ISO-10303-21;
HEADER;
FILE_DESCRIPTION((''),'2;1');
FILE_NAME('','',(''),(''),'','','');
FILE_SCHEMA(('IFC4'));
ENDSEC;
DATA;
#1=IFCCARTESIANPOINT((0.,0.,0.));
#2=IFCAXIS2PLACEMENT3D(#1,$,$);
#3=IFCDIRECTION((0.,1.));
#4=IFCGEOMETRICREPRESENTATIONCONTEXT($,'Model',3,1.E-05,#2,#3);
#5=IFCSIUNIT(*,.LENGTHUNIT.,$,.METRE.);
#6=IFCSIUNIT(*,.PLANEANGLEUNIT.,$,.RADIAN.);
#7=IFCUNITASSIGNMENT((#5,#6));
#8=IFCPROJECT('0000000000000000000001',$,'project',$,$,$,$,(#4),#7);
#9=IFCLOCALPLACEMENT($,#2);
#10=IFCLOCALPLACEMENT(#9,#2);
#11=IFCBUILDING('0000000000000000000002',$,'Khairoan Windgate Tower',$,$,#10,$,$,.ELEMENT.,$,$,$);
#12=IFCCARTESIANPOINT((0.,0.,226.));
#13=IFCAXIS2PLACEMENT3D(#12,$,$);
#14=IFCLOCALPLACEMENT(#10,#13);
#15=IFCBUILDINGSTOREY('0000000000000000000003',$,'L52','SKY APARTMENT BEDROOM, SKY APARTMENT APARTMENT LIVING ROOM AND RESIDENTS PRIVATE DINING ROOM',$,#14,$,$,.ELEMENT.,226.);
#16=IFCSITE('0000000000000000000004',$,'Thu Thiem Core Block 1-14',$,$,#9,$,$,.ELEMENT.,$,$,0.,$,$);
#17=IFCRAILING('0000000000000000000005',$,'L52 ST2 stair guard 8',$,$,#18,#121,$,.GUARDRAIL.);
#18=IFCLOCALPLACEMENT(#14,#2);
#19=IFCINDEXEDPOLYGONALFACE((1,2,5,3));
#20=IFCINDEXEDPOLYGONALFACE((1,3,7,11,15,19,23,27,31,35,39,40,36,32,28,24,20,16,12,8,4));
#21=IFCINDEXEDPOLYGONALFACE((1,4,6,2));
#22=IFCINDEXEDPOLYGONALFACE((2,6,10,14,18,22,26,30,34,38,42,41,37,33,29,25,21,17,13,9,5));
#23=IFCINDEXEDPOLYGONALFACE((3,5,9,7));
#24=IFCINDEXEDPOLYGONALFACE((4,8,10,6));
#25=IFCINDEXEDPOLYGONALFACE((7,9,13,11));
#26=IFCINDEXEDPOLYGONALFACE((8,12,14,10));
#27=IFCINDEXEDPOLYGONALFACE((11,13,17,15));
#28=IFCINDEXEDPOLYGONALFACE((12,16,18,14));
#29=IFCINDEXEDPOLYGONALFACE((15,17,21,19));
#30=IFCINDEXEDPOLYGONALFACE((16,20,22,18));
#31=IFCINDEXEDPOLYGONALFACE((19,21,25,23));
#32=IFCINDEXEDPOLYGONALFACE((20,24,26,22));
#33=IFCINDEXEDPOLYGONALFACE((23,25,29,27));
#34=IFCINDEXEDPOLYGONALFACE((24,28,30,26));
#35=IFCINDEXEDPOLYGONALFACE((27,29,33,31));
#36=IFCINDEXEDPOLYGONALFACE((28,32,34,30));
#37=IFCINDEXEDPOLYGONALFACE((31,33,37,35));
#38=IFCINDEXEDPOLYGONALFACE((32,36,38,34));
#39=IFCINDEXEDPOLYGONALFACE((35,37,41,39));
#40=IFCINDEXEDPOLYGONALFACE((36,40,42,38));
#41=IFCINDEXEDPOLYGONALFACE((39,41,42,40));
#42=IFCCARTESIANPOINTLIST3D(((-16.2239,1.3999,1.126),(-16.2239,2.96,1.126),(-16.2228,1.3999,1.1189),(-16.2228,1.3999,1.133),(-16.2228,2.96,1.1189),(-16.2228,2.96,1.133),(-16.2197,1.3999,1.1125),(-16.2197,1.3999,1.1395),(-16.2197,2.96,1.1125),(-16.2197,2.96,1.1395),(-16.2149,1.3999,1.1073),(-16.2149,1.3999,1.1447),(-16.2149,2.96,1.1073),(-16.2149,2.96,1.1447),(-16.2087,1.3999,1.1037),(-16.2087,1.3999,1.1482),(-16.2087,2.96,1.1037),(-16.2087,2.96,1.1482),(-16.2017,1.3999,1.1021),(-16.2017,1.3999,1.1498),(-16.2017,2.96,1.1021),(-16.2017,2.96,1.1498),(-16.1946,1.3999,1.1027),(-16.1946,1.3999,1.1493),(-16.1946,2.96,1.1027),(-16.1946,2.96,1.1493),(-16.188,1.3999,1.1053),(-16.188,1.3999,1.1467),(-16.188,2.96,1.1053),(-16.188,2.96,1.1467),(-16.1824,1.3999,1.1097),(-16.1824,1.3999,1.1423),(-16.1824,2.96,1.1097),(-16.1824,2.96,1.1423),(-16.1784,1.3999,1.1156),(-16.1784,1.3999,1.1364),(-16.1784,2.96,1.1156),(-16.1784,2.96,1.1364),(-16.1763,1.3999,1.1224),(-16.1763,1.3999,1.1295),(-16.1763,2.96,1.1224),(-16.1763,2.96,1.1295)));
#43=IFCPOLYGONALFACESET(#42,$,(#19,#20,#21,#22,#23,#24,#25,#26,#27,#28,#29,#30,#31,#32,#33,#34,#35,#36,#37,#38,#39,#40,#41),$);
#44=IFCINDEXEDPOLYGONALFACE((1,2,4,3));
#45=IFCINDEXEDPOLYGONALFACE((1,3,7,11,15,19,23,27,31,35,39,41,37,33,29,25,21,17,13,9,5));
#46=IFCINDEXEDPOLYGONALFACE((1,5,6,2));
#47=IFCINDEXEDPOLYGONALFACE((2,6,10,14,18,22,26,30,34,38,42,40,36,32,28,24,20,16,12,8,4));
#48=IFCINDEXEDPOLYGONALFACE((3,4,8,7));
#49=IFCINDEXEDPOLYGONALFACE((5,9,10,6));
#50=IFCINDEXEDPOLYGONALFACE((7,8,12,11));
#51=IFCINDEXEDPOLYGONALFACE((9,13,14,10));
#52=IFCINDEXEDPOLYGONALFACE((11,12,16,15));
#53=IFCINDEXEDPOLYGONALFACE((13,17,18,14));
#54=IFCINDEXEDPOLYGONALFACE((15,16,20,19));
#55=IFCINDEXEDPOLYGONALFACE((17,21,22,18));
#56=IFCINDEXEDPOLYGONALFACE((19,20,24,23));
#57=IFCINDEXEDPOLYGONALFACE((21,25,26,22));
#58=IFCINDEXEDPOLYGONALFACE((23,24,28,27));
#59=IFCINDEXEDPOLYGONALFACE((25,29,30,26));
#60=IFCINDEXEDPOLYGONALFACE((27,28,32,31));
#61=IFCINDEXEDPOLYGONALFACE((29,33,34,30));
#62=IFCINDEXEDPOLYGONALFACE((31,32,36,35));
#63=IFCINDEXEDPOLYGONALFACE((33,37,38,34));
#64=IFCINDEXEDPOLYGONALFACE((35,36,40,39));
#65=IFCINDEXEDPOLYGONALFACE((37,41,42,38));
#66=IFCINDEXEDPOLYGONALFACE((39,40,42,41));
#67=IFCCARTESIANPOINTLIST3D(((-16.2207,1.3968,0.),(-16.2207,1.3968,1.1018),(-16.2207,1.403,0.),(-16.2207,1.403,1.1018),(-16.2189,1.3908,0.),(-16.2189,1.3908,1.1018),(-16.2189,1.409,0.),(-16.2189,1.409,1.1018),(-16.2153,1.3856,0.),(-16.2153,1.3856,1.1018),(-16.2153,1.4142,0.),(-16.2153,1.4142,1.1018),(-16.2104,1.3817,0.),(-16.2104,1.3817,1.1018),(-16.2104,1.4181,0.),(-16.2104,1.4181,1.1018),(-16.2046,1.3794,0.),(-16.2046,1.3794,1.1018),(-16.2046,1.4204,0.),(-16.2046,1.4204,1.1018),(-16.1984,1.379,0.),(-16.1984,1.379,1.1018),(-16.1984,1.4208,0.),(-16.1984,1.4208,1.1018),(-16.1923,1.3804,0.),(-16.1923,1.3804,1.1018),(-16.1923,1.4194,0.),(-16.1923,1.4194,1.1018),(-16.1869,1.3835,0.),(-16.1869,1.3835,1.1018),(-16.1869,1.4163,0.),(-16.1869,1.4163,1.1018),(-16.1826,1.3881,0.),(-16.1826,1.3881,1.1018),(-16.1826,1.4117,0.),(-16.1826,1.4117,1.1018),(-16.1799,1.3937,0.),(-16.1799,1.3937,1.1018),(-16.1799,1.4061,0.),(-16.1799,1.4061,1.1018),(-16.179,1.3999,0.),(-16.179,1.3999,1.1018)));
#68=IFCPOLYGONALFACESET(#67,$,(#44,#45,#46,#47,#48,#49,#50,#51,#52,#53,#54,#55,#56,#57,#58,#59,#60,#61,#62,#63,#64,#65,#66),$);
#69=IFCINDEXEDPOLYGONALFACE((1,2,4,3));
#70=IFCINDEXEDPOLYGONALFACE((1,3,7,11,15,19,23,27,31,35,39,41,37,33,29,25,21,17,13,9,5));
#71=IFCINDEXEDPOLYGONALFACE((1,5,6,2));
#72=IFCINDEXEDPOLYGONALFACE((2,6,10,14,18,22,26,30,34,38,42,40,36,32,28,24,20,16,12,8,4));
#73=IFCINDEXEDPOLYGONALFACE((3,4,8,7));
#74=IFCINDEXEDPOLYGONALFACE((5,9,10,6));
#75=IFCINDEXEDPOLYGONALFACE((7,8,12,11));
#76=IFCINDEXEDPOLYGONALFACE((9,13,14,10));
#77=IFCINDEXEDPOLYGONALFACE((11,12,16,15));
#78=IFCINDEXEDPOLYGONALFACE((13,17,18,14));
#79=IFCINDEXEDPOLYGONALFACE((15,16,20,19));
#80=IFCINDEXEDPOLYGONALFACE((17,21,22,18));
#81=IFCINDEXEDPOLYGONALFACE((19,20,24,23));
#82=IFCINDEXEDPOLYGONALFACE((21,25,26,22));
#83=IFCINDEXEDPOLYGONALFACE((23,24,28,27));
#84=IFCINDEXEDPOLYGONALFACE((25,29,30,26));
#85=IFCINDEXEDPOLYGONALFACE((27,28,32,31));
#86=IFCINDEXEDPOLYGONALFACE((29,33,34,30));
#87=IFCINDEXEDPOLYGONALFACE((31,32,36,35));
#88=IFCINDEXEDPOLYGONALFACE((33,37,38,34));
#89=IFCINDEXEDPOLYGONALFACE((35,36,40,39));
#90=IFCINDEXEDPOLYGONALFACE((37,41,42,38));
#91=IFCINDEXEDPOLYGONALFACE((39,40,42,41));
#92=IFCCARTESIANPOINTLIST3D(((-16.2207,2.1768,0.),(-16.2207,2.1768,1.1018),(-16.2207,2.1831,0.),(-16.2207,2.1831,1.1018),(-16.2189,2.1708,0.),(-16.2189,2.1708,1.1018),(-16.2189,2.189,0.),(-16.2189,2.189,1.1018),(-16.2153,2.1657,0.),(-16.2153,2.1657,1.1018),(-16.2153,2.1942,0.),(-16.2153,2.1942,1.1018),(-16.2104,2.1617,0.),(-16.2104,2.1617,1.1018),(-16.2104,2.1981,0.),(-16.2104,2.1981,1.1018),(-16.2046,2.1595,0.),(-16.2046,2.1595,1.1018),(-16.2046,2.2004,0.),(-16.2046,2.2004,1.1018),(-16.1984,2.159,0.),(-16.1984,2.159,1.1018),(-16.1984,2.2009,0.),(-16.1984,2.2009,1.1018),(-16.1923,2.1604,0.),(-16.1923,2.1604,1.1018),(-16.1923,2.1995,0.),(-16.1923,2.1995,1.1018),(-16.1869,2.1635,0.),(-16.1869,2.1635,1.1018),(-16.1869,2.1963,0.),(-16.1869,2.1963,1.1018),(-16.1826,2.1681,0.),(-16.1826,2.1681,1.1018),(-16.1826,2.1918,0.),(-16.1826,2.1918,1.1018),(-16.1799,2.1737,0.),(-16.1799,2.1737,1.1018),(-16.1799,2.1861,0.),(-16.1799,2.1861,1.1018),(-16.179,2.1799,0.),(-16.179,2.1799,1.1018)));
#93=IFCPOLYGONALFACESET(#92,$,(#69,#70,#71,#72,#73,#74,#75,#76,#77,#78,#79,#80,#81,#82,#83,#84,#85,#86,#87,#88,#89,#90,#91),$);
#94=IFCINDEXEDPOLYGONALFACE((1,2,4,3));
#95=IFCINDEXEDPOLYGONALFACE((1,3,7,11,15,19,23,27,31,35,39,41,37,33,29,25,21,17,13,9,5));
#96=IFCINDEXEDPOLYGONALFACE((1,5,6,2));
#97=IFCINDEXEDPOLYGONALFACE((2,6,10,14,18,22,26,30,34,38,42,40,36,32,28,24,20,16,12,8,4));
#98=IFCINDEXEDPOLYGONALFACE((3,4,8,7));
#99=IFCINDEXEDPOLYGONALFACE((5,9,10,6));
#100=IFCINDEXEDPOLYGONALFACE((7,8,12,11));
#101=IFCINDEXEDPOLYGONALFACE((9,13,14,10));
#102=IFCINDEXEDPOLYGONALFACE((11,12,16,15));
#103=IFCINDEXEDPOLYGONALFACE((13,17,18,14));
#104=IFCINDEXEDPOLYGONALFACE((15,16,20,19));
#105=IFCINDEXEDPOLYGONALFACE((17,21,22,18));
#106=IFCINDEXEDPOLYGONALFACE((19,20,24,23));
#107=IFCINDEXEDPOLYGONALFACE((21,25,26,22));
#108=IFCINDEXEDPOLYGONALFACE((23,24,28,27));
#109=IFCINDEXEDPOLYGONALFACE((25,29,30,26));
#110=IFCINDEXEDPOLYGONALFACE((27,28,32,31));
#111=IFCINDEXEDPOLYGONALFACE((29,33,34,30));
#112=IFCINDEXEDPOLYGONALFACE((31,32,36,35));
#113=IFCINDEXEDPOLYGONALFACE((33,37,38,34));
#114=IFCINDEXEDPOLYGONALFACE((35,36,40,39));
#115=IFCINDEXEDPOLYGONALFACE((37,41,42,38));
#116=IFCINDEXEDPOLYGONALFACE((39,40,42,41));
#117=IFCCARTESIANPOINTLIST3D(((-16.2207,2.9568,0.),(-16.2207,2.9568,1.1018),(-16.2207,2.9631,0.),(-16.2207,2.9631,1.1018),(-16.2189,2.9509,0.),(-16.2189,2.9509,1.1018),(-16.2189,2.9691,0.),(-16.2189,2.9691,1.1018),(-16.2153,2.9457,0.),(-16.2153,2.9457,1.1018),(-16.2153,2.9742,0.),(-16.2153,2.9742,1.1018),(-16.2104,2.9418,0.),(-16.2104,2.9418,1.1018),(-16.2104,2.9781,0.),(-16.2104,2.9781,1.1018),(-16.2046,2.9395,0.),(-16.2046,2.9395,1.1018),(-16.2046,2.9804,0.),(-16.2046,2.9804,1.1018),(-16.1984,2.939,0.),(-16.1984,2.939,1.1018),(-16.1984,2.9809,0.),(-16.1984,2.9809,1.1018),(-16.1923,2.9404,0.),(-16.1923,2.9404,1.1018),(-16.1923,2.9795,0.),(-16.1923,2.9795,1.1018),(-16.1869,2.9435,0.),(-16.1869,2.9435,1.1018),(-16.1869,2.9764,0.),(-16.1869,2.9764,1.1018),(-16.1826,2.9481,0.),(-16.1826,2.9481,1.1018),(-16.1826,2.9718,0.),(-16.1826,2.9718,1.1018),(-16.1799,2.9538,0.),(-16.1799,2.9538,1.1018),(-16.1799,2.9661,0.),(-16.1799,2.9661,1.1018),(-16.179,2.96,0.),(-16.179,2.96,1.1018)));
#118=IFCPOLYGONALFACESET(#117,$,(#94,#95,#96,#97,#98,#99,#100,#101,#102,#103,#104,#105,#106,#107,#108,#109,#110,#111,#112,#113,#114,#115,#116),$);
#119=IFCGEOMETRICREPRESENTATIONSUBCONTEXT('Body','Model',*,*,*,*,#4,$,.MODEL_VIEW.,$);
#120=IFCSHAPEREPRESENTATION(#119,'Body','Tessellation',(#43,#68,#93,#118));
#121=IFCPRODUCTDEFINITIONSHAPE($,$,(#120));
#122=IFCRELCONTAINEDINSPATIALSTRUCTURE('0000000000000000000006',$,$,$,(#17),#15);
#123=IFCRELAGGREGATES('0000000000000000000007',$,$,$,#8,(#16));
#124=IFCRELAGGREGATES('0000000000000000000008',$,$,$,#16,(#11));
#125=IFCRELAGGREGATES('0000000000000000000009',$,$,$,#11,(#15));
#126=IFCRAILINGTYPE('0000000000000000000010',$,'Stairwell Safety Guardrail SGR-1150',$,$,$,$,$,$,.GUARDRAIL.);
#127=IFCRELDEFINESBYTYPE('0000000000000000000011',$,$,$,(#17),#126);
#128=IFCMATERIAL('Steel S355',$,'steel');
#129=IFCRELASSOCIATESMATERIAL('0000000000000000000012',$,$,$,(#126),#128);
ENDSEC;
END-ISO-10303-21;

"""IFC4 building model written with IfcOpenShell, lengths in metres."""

from ifc_helpers import new_model, si_unit, direction, frame, origin, origin_2d, place, context, subcontext, project, spatial, circle, extrude, material, type_object, element, save


model = new_model("IFC4")

# Units and contexts
model_context = context("Model", 3, precision=1e-05, world=origin(), true_north=direction((0.0, 1.0)))
body_context = subcontext(model_context, "Body", "Model", "MODEL_VIEW")
ifc_project = project(units=[si_unit("LENGTHUNIT", "METRE"), si_unit("PLANEANGLEUNIT", "RADIAN")], contexts=[model_context])

# Site, building, storey
site_placement = place(None, origin())
site = spatial("IfcSite", under=ifc_project, at=site_placement, Name="Thu Thiem Core Block 1-14", CompositionType="ELEMENT", RefElevation=0.0)
building_placement = place(site_placement, origin())
building = spatial("IfcBuilding", under=site, at=building_placement, Name="Khairoan Windgate Tower", CompositionType="ELEMENT")
storey_placement = place(building_placement, frame((0.0, 0.0, 226.0)))
storey = spatial("IfcBuildingStorey", under=building, at=storey_placement, Name="L52", Description="SKY APARTMENT BEDROOM, SKY APARTMENT APARTMENT LIVING ROOM AND RESIDENTS PRIVATE DINING ROOM", CompositionType="ELEMENT", Elevation=226.0)

# Railing
ifc_material_1 = material(Name="Steel S355", Category="steel")
railing_type_1 = type_object("IfcRailingType", Name="Stairwell Safety Guardrail SGR-1150", PredefinedType="GUARDRAIL", material=ifc_material_1)
railing_1_placement = place(storey_placement, frame((-16.2, 1.3999, 0.0)))
element("IfcRailing", 1, at=railing_1_placement, inside=storey, type_object=railing_type_1, Name="L52 ST2 stair guard 8", PredefinedType="GUARDRAIL", context=body_context, shape_type="SweptSolid", body=[
    extrude(circle(Radius=0.0239, at=origin_2d()), frame((0.0, 0.0, 1.126), z_axis=(0.0, 1.0, 0.0), x_axis=(-1.0, 0.0, 0.0)), (0.0, 0.0, 1.0), 1.5601),
    extrude(circle(Radius=0.021, at=origin_2d()), origin(), (0.0, 0.0, 1.0), 1.1018),
    extrude(circle(Radius=0.021, at=origin_2d()), frame((0.0, 0.78, 0.0)), (0.0, 0.0, 1.0), 1.1018),
    extrude(circle(Radius=0.021, at=origin_2d()), frame((0.0, 1.5601, 0.0)), (0.0, 0.0, 1.0), 1.1018),
])

save(model, "model.ifc")
